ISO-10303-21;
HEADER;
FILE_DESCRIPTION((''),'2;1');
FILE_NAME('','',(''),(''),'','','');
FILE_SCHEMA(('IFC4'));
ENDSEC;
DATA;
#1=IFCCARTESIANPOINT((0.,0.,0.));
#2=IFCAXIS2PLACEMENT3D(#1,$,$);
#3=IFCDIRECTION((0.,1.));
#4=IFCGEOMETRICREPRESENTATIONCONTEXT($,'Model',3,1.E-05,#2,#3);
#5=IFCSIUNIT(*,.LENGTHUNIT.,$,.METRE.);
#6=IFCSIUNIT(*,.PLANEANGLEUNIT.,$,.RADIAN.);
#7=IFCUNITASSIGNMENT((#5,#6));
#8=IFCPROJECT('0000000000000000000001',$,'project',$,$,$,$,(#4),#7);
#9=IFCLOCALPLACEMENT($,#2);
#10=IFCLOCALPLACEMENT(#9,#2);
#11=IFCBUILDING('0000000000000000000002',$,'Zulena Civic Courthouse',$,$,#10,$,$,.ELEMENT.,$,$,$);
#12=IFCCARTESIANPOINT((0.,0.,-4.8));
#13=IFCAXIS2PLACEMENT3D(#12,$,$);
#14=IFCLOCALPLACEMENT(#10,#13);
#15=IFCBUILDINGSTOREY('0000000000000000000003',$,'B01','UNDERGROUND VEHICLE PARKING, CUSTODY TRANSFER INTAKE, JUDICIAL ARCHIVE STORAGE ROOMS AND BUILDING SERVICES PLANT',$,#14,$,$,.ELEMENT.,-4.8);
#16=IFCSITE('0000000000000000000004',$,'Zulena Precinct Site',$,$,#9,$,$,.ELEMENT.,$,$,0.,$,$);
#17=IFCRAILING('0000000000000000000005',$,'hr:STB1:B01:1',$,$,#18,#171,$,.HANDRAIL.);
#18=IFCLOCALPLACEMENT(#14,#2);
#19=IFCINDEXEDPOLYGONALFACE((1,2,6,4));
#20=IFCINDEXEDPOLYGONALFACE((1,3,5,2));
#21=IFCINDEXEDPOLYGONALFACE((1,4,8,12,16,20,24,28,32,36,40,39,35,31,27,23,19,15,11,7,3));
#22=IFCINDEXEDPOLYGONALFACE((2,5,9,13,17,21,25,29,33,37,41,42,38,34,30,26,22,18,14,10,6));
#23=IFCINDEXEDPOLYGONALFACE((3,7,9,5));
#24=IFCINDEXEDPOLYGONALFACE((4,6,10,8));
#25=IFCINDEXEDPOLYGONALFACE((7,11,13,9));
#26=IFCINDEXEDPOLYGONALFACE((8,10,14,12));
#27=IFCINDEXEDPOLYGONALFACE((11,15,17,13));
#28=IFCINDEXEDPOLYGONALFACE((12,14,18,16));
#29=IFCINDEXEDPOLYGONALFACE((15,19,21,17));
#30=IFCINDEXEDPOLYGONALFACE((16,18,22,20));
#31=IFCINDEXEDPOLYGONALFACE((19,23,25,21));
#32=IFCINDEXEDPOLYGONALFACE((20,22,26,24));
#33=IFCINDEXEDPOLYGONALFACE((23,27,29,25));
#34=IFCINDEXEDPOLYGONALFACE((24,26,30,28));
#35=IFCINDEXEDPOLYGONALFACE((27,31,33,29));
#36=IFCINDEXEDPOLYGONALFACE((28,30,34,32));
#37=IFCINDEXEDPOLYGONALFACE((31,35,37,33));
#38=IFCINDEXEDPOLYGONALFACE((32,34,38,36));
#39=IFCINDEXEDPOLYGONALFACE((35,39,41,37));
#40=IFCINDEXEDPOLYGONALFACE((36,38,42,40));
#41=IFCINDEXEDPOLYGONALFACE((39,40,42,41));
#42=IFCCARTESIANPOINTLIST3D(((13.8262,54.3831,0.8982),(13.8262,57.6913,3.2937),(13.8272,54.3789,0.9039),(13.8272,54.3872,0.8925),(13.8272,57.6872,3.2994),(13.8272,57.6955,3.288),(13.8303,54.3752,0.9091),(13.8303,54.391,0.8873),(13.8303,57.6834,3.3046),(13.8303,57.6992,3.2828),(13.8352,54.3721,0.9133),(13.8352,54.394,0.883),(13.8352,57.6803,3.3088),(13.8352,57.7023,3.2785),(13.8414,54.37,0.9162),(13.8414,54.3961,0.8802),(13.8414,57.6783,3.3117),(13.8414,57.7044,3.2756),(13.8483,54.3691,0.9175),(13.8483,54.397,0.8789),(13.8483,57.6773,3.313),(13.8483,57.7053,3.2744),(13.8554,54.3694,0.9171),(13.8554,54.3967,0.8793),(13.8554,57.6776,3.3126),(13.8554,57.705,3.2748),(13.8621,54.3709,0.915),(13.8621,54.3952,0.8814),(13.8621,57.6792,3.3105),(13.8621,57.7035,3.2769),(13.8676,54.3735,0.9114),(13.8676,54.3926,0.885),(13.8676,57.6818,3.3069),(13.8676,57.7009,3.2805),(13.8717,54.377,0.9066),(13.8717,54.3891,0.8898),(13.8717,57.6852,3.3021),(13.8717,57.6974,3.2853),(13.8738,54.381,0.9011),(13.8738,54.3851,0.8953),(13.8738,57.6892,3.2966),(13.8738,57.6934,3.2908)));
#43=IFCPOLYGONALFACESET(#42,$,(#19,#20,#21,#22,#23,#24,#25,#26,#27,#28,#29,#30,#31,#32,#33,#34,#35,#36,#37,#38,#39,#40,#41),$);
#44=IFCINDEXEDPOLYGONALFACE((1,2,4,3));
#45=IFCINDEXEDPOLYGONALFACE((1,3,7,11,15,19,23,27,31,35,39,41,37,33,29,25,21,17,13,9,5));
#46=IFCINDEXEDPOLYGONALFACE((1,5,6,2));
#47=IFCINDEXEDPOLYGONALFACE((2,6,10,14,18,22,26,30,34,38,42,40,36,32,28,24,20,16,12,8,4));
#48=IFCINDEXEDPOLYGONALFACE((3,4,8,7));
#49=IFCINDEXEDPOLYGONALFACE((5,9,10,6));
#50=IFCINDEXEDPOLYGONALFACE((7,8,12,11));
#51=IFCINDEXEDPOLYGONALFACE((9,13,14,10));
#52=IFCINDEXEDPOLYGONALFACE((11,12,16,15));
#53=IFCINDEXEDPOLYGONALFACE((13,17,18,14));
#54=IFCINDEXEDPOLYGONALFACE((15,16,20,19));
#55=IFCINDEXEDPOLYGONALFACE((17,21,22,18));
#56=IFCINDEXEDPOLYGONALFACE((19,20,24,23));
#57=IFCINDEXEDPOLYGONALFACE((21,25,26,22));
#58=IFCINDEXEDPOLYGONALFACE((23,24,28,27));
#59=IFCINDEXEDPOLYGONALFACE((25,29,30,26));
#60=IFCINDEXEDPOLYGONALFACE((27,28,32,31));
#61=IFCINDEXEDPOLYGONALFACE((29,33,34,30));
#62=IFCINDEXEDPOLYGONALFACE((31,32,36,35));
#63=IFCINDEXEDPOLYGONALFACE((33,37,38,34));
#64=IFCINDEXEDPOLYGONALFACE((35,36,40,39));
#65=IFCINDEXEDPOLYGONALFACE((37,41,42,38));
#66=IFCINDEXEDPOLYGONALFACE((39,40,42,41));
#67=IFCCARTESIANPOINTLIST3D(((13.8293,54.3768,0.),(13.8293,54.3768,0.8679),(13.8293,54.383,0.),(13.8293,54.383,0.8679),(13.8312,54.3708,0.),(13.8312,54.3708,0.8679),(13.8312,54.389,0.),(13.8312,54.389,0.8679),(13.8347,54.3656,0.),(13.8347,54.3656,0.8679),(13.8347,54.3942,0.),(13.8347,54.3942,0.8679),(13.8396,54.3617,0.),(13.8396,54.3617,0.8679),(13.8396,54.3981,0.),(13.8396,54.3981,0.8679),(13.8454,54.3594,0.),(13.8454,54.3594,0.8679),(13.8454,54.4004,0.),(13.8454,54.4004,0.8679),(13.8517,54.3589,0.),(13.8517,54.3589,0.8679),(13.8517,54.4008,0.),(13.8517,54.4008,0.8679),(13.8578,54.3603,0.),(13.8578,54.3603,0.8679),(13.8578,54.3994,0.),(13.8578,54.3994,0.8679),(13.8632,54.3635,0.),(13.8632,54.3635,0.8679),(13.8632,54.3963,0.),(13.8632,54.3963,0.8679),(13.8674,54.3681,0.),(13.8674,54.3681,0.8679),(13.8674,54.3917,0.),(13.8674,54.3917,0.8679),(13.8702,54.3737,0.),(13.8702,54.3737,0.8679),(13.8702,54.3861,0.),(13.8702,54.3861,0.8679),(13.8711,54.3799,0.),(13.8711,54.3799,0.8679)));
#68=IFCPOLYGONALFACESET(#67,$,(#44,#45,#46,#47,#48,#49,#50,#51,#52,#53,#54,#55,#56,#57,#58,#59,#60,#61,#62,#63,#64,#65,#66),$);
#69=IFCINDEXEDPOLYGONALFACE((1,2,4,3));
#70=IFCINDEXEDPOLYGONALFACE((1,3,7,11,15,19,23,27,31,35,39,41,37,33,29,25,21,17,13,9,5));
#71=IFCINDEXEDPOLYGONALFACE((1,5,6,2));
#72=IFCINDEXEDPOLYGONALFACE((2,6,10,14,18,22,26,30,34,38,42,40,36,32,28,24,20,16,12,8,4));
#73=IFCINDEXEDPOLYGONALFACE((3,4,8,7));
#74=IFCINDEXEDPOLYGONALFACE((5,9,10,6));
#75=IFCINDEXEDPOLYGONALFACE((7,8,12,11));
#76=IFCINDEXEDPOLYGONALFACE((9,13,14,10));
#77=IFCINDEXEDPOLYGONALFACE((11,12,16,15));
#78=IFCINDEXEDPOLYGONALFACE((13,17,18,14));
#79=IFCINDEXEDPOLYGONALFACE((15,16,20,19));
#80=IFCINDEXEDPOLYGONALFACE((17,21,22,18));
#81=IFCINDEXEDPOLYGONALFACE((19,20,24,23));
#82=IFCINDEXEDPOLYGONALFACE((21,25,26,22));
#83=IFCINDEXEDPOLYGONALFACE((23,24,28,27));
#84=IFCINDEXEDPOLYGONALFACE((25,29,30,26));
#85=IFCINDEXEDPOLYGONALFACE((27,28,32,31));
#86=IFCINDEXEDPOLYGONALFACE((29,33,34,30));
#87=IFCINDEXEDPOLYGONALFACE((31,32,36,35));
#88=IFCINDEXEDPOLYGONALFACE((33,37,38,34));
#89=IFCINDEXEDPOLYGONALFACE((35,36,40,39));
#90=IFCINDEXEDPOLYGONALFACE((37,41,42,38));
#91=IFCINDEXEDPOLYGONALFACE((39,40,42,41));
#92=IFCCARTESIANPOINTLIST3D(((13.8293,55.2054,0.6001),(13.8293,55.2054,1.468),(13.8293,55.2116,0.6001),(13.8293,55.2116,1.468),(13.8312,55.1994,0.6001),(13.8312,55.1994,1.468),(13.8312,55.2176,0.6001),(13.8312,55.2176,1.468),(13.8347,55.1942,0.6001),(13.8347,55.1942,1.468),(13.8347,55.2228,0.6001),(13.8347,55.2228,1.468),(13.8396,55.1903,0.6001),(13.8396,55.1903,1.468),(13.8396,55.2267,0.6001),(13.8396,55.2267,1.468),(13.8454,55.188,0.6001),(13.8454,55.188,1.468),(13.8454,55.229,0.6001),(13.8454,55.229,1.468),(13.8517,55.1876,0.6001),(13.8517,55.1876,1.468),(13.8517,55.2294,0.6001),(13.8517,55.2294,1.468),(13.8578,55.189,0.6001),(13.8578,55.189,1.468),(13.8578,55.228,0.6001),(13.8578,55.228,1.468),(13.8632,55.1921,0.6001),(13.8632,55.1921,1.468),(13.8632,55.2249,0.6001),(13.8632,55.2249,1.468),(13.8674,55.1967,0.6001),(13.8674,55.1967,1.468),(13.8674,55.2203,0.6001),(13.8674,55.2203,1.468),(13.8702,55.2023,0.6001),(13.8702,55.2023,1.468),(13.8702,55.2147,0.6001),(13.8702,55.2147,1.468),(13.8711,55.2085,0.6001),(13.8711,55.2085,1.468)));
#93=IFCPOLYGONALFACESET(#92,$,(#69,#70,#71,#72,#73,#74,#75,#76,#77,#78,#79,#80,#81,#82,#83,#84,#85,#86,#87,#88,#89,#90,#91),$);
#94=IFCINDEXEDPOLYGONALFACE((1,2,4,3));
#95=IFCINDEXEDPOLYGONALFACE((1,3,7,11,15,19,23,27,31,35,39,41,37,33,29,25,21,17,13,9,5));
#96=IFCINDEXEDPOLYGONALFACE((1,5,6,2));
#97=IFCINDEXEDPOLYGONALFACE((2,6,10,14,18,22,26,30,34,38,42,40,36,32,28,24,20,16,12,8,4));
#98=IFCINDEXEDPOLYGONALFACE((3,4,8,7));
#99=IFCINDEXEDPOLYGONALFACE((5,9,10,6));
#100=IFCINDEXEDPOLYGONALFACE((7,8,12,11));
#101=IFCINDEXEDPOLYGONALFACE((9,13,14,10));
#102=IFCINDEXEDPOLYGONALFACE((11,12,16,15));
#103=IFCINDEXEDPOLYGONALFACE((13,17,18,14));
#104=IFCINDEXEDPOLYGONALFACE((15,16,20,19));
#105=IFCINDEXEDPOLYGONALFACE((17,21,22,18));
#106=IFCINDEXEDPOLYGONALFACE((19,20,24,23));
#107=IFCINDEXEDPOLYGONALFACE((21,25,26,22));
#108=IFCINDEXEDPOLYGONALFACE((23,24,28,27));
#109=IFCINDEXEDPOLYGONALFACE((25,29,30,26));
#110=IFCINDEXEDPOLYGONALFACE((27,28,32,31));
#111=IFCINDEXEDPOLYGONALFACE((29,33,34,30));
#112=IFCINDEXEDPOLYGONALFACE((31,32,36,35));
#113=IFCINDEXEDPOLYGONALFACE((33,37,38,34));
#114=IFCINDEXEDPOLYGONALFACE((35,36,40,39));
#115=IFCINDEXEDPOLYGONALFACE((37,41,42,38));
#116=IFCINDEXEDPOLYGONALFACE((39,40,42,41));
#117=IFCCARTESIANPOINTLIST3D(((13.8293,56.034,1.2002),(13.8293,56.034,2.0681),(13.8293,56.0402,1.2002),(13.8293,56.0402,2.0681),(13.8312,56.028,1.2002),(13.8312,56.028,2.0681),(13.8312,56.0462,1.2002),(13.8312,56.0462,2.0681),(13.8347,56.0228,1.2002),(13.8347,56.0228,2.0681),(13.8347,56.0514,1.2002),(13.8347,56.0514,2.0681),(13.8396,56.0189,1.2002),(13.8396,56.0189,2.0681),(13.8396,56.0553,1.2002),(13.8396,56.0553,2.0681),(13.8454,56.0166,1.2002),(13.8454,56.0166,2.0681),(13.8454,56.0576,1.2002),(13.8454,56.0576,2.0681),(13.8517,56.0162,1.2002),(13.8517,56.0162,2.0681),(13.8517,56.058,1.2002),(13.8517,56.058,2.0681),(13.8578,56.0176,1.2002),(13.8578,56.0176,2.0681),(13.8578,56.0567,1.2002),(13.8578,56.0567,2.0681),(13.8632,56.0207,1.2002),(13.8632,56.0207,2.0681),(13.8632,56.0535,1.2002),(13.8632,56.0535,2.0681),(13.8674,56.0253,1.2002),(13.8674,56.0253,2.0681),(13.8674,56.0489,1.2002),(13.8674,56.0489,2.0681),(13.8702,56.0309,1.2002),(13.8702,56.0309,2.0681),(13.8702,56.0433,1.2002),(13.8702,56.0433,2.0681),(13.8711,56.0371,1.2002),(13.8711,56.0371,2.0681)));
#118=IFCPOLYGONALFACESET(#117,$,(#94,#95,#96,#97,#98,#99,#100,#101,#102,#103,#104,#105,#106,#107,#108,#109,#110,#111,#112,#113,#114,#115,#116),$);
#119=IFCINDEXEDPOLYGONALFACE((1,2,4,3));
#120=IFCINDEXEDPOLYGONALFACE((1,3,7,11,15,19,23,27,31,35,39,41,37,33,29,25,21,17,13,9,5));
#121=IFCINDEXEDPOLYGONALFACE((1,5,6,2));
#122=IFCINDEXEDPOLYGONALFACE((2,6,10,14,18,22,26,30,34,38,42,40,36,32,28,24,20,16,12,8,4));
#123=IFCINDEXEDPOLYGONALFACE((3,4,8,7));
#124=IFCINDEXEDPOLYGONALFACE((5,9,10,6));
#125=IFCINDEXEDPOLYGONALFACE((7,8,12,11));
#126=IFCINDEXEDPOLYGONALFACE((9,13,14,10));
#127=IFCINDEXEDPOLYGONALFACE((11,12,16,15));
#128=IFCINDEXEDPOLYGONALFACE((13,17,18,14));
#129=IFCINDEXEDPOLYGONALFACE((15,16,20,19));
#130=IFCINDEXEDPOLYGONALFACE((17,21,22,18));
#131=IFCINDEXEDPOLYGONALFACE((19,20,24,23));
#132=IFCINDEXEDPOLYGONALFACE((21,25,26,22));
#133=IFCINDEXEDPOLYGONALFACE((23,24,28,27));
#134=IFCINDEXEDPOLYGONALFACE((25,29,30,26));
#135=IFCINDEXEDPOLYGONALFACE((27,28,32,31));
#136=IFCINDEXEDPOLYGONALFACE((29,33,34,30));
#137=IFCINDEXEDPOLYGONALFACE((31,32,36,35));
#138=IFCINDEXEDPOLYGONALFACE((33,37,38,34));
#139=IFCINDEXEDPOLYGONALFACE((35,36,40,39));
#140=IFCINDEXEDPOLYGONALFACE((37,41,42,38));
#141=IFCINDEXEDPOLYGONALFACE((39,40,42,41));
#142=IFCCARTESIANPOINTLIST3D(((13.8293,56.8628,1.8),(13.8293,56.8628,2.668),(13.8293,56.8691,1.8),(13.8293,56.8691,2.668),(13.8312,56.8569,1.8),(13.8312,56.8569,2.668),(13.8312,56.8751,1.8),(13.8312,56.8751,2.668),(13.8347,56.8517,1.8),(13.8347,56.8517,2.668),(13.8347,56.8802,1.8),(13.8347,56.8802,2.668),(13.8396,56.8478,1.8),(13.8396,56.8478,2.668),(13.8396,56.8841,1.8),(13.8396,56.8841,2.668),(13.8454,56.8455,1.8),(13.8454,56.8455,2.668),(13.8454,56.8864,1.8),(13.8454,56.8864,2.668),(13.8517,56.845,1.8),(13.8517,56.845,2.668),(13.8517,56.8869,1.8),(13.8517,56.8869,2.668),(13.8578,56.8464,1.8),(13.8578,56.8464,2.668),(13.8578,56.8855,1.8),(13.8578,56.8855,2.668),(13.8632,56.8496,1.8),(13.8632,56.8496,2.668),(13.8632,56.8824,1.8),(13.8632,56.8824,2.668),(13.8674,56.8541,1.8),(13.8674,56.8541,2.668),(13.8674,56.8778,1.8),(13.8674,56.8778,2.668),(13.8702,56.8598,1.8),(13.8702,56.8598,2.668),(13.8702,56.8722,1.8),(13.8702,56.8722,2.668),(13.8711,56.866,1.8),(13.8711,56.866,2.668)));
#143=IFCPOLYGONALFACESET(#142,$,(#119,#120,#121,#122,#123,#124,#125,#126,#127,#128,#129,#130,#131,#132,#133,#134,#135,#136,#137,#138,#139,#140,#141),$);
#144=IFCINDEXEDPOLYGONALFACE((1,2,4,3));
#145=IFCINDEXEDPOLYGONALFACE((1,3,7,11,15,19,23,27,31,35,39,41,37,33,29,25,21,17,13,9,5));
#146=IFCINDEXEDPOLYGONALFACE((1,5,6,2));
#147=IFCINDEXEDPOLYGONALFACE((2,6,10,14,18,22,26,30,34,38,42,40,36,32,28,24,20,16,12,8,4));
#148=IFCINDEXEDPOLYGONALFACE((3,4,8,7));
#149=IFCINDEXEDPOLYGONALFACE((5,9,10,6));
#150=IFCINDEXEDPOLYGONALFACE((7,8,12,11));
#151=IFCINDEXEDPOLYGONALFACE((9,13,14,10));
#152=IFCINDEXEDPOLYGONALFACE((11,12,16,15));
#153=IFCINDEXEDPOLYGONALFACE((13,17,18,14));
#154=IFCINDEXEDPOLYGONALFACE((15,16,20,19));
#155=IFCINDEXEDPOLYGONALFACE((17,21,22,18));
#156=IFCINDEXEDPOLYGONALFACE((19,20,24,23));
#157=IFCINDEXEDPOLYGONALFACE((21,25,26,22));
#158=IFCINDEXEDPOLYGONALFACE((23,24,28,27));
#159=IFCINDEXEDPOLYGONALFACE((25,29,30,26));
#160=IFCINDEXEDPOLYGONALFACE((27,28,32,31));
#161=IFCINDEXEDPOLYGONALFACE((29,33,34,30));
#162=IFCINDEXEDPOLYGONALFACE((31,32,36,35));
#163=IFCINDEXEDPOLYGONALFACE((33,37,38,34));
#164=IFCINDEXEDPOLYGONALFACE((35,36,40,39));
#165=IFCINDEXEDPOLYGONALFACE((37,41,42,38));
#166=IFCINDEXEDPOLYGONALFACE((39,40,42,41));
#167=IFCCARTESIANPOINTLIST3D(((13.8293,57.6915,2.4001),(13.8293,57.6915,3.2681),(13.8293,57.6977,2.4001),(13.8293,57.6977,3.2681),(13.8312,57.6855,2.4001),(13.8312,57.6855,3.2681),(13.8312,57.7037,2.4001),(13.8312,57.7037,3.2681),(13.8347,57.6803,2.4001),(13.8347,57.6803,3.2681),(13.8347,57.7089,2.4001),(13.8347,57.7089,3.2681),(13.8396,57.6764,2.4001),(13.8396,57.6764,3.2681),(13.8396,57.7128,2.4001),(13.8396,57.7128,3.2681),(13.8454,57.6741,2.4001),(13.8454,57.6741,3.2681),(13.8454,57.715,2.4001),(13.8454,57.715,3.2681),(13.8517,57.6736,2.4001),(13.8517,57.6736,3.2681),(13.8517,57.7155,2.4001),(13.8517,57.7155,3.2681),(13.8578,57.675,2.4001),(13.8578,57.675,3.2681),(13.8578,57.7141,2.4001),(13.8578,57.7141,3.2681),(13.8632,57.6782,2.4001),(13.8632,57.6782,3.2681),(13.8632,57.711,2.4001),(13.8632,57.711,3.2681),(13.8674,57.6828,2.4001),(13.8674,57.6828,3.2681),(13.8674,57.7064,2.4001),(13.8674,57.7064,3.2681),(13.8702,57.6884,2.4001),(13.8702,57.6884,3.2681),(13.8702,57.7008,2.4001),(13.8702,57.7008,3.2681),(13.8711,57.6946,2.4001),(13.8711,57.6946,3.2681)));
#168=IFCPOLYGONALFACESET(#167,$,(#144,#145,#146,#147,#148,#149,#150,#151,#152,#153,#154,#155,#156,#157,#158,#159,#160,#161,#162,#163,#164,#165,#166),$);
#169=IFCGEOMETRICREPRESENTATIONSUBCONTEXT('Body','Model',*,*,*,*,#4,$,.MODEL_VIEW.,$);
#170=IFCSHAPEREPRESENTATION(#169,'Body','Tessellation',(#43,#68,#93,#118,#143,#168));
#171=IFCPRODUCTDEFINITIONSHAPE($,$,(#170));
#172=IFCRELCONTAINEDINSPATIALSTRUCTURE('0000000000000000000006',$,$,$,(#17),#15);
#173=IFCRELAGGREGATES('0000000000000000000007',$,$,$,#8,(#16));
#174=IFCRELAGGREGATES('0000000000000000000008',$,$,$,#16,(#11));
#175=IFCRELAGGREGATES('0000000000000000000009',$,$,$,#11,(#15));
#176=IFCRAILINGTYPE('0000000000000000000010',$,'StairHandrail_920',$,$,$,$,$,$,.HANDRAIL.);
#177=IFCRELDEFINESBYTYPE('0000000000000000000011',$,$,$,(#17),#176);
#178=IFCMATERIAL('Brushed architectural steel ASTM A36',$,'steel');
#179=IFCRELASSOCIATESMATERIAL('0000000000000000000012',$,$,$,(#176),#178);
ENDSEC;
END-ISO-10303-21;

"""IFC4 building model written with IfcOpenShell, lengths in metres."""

from ifc_helpers import new_model, si_unit, direction, frame, origin, origin_2d, place, context, subcontext, project, spatial, circle, extrude, material, type_object, element, save


model = new_model("IFC4")

# Units and contexts
model_context = context("Model", 3, precision=1e-05, world=origin(), true_north=direction((0.0, 1.0)))
body_context = subcontext(model_context, "Body", "Model", "MODEL_VIEW")
ifc_project = project(units=[si_unit("LENGTHUNIT", "METRE"), si_unit("PLANEANGLEUNIT", "RADIAN")], contexts=[model_context])

# Site, building, storey
site_placement = place(None, origin())
site = spatial("IfcSite", under=ifc_project, at=site_placement, Name="Zulena Precinct Site", CompositionType="ELEMENT", RefElevation=0.0)
building_placement = place(site_placement, origin())
building = spatial("IfcBuilding", under=site, at=building_placement, Name="Zulena Civic Courthouse", CompositionType="ELEMENT")
storey_placement = place(building_placement, frame((0.0, 0.0, -4.8)))
storey = spatial("IfcBuildingStorey", under=building, at=storey_placement, Name="B01", Description="UNDERGROUND VEHICLE PARKING, CUSTODY TRANSFER INTAKE, JUDICIAL ARCHIVE STORAGE ROOMS AND BUILDING SERVICES PLANT", CompositionType="ELEMENT", Elevation=-4.8)

# Railing
ifc_material_1 = material(Name="Brushed architectural steel ASTM A36", Category="steel")
railing_type_1 = type_object("IfcRailingType", Name="StairHandrail_920", PredefinedType="HANDRAIL", material=ifc_material_1)
railing_1_placement = place(storey_placement, frame((13.8501, 54.3799, 0.0)))
element("IfcRailing", 1, at=railing_1_placement, inside=storey, type_object=railing_type_1, Name="hr:STB1:B01:1", PredefinedType="HANDRAIL", context=body_context, shape_type="SweptSolid", body=[
    extrude(circle(Radius=0.0239, at=origin_2d()), frame((0.0, 0.0032, 0.8982), z_axis=(0.0, 0.80996, 0.586486), x_axis=(-1.0, 0.0, 0.0)), (0.0, 0.0, 1.0), 4.0845),
    extrude(circle(Radius=0.021, at=origin_2d()), origin(), (0.0, 0.0, 1.0), 0.8679),
    extrude(circle(Radius=0.021, at=origin_2d()), frame((0.0, 0.8286, 0.6001)), (0.0, 0.0, 1.0), 0.8679),
    extrude(circle(Radius=0.021, at=origin_2d()), frame((0.0, 1.6572, 1.2002)), (0.0, 0.0, 1.0), 0.8679),
    extrude(circle(Radius=0.021, at=origin_2d()), frame((0.0, 2.4861, 1.8)), (0.0, 0.0, 1.0), 0.8679),
    extrude(circle(Radius=0.021, at=origin_2d()), frame((0.0, 3.3147, 2.4001)), (0.0, 0.0, 1.0), 0.8679),
])

save(model, "model.ifc")
